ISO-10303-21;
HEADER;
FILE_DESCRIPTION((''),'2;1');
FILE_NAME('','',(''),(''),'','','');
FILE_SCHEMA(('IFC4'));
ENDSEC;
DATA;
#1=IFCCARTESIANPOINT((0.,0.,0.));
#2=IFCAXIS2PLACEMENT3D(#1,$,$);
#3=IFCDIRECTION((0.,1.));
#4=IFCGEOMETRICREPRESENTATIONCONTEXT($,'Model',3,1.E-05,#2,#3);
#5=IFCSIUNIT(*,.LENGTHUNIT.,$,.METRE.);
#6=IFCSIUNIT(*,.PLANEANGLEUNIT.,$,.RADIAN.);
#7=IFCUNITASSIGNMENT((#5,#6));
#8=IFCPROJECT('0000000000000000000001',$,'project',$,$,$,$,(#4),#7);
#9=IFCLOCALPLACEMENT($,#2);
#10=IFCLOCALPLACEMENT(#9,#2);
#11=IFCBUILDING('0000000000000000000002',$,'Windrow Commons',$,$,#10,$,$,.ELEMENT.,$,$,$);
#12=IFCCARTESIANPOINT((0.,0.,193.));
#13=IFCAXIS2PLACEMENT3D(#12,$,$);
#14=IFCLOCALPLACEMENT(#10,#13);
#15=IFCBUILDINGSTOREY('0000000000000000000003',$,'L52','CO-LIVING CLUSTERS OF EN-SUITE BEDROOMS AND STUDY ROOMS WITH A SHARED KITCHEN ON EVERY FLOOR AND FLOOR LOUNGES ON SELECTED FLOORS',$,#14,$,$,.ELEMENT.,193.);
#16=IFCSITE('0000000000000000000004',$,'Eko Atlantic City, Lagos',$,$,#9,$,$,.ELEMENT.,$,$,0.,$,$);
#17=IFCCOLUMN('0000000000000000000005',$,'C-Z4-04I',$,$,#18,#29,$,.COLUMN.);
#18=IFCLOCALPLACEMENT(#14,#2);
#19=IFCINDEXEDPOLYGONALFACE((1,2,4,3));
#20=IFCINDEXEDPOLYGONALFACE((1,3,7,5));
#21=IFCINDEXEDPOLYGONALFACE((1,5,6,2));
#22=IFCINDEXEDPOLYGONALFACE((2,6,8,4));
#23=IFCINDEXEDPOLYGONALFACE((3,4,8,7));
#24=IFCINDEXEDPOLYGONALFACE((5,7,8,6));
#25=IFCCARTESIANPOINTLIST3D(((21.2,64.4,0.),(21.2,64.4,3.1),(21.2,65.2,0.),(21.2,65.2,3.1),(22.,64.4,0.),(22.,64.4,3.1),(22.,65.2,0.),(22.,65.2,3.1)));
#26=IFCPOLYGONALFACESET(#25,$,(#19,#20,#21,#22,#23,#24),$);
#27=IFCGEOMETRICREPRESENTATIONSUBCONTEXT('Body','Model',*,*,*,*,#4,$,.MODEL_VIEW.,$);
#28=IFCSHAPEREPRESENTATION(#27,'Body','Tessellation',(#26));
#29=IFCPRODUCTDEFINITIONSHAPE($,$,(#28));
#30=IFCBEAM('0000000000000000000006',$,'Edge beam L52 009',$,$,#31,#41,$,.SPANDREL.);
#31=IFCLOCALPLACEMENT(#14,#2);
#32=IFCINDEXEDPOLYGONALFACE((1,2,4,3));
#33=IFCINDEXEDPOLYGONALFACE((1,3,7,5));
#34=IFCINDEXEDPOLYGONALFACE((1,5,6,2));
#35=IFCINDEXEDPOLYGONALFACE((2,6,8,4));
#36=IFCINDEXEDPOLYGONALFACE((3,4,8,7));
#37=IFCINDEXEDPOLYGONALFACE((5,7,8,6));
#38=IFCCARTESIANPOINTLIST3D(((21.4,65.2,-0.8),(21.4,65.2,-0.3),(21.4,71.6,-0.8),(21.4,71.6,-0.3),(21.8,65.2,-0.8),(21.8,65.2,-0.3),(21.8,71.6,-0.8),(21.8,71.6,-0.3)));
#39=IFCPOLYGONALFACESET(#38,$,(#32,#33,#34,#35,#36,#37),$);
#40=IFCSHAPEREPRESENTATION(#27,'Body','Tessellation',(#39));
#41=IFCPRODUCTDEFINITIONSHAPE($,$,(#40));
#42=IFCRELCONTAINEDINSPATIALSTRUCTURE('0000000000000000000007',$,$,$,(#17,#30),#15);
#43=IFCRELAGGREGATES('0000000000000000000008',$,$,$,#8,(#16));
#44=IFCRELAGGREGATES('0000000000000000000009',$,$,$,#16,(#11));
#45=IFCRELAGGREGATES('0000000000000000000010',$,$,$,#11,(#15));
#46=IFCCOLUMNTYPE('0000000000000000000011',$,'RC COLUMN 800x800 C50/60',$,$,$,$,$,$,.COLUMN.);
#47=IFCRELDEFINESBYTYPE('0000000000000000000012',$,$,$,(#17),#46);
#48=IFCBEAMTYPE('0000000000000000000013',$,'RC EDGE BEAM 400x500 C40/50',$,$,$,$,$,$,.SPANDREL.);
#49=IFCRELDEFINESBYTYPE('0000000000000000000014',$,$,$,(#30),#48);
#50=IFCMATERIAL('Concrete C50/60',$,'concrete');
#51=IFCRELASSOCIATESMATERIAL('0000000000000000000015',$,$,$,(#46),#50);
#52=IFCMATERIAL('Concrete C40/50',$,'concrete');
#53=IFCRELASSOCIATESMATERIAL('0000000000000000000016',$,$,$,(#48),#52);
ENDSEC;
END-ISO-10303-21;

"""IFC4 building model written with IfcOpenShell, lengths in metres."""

from ifc_helpers import new_model, si_unit, direction, frame, origin, origin_2d, place, context, subcontext, project, spatial, rectangle, extrude, material, material_profile, profile_set, type_object, element, save


model = new_model("IFC4")

# Units and contexts
model_context = context("Model", 3, precision=1e-05, world=origin(), true_north=direction((0.0, 1.0)))
body_context = subcontext(model_context, "Body", "Model", "MODEL_VIEW")
ifc_project = project(units=[si_unit("LENGTHUNIT", "METRE"), si_unit("PLANEANGLEUNIT", "RADIAN")], contexts=[model_context])

# Site, building, storey
site_placement = place(None, origin())
site = spatial("IfcSite", under=ifc_project, at=site_placement, Name="Eko Atlantic City, Lagos", CompositionType="ELEMENT", RefElevation=0.0)
building_placement = place(site_placement, origin())
building = spatial("IfcBuilding", under=site, at=building_placement, Name="Windrow Commons", CompositionType="ELEMENT")
storey_placement = place(building_placement, frame((0.0, 0.0, 193.0)))
storey = spatial("IfcBuildingStorey", under=building, at=storey_placement, Name="L52", Description="CO-LIVING CLUSTERS OF EN-SUITE BEDROOMS AND STUDY ROOMS WITH A SHARED KITCHEN ON EVERY FLOOR AND FLOOR LOUNGES ON SELECTED FLOORS", CompositionType="ELEMENT", Elevation=193.0)

# Column
ifc_material_1 = material(Name="Concrete C50/60", Category="concrete")
ifc_material_profile_1 = material_profile(ifc_material_1, rectangle(XDim=0.8, YDim=0.8, at=origin_2d()))
ifc_profile_set_1 = profile_set([ifc_material_profile_1], Name="Concrete C50/60")
column_type = type_object("IfcColumnType", Name="RC COLUMN 800x800 C50/60", PredefinedType="COLUMN", material=ifc_profile_set_1)
column_placement = place(storey_placement, frame((21.6, 64.8, 0.0), z_axis=(0.0, 0.0, 1.0), x_axis=(1.0, 0.0, 0.0)))
element("IfcColumn", 1, at=column_placement, inside=storey, type_object=column_type, Name="C-Z4-04I", PredefinedType="COLUMN", context=body_context, shape_type="SweptSolid", body=[
    extrude(rectangle(XDim=0.8, YDim=0.8, at=origin_2d()), origin(), (0.0, 0.0, 1.0), 3.1),
])

# Beam
ifc_material_2 = material(Name="Concrete C40/50", Category="concrete")
ifc_material_profile_2 = material_profile(ifc_material_2, rectangle(XDim=0.4, YDim=0.5, at=origin_2d()))
ifc_profile_set_2 = profile_set([ifc_material_profile_2], Name="Concrete C40/50")
beam_type = type_object("IfcBeamType", Name="RC EDGE BEAM 400x500 C40/50", PredefinedType="SPANDREL", material=ifc_profile_set_2)
beam_placement = place(storey_placement, frame((21.6, 65.2, -0.55), z_axis=(0.0, 1.0, 0.0), x_axis=(-1.0, 0.0, 0.0)))
element("IfcBeam", 2, at=beam_placement, inside=storey, type_object=beam_type, Name="Edge beam L52 009", PredefinedType="SPANDREL", context=body_context, shape_type="SweptSolid", body=[
    extrude(rectangle(XDim=0.4, YDim=0.5, at=origin_2d()), origin(), (0.0, 0.0, 1.0), 6.4),
])

save(model, "model.ifc")
